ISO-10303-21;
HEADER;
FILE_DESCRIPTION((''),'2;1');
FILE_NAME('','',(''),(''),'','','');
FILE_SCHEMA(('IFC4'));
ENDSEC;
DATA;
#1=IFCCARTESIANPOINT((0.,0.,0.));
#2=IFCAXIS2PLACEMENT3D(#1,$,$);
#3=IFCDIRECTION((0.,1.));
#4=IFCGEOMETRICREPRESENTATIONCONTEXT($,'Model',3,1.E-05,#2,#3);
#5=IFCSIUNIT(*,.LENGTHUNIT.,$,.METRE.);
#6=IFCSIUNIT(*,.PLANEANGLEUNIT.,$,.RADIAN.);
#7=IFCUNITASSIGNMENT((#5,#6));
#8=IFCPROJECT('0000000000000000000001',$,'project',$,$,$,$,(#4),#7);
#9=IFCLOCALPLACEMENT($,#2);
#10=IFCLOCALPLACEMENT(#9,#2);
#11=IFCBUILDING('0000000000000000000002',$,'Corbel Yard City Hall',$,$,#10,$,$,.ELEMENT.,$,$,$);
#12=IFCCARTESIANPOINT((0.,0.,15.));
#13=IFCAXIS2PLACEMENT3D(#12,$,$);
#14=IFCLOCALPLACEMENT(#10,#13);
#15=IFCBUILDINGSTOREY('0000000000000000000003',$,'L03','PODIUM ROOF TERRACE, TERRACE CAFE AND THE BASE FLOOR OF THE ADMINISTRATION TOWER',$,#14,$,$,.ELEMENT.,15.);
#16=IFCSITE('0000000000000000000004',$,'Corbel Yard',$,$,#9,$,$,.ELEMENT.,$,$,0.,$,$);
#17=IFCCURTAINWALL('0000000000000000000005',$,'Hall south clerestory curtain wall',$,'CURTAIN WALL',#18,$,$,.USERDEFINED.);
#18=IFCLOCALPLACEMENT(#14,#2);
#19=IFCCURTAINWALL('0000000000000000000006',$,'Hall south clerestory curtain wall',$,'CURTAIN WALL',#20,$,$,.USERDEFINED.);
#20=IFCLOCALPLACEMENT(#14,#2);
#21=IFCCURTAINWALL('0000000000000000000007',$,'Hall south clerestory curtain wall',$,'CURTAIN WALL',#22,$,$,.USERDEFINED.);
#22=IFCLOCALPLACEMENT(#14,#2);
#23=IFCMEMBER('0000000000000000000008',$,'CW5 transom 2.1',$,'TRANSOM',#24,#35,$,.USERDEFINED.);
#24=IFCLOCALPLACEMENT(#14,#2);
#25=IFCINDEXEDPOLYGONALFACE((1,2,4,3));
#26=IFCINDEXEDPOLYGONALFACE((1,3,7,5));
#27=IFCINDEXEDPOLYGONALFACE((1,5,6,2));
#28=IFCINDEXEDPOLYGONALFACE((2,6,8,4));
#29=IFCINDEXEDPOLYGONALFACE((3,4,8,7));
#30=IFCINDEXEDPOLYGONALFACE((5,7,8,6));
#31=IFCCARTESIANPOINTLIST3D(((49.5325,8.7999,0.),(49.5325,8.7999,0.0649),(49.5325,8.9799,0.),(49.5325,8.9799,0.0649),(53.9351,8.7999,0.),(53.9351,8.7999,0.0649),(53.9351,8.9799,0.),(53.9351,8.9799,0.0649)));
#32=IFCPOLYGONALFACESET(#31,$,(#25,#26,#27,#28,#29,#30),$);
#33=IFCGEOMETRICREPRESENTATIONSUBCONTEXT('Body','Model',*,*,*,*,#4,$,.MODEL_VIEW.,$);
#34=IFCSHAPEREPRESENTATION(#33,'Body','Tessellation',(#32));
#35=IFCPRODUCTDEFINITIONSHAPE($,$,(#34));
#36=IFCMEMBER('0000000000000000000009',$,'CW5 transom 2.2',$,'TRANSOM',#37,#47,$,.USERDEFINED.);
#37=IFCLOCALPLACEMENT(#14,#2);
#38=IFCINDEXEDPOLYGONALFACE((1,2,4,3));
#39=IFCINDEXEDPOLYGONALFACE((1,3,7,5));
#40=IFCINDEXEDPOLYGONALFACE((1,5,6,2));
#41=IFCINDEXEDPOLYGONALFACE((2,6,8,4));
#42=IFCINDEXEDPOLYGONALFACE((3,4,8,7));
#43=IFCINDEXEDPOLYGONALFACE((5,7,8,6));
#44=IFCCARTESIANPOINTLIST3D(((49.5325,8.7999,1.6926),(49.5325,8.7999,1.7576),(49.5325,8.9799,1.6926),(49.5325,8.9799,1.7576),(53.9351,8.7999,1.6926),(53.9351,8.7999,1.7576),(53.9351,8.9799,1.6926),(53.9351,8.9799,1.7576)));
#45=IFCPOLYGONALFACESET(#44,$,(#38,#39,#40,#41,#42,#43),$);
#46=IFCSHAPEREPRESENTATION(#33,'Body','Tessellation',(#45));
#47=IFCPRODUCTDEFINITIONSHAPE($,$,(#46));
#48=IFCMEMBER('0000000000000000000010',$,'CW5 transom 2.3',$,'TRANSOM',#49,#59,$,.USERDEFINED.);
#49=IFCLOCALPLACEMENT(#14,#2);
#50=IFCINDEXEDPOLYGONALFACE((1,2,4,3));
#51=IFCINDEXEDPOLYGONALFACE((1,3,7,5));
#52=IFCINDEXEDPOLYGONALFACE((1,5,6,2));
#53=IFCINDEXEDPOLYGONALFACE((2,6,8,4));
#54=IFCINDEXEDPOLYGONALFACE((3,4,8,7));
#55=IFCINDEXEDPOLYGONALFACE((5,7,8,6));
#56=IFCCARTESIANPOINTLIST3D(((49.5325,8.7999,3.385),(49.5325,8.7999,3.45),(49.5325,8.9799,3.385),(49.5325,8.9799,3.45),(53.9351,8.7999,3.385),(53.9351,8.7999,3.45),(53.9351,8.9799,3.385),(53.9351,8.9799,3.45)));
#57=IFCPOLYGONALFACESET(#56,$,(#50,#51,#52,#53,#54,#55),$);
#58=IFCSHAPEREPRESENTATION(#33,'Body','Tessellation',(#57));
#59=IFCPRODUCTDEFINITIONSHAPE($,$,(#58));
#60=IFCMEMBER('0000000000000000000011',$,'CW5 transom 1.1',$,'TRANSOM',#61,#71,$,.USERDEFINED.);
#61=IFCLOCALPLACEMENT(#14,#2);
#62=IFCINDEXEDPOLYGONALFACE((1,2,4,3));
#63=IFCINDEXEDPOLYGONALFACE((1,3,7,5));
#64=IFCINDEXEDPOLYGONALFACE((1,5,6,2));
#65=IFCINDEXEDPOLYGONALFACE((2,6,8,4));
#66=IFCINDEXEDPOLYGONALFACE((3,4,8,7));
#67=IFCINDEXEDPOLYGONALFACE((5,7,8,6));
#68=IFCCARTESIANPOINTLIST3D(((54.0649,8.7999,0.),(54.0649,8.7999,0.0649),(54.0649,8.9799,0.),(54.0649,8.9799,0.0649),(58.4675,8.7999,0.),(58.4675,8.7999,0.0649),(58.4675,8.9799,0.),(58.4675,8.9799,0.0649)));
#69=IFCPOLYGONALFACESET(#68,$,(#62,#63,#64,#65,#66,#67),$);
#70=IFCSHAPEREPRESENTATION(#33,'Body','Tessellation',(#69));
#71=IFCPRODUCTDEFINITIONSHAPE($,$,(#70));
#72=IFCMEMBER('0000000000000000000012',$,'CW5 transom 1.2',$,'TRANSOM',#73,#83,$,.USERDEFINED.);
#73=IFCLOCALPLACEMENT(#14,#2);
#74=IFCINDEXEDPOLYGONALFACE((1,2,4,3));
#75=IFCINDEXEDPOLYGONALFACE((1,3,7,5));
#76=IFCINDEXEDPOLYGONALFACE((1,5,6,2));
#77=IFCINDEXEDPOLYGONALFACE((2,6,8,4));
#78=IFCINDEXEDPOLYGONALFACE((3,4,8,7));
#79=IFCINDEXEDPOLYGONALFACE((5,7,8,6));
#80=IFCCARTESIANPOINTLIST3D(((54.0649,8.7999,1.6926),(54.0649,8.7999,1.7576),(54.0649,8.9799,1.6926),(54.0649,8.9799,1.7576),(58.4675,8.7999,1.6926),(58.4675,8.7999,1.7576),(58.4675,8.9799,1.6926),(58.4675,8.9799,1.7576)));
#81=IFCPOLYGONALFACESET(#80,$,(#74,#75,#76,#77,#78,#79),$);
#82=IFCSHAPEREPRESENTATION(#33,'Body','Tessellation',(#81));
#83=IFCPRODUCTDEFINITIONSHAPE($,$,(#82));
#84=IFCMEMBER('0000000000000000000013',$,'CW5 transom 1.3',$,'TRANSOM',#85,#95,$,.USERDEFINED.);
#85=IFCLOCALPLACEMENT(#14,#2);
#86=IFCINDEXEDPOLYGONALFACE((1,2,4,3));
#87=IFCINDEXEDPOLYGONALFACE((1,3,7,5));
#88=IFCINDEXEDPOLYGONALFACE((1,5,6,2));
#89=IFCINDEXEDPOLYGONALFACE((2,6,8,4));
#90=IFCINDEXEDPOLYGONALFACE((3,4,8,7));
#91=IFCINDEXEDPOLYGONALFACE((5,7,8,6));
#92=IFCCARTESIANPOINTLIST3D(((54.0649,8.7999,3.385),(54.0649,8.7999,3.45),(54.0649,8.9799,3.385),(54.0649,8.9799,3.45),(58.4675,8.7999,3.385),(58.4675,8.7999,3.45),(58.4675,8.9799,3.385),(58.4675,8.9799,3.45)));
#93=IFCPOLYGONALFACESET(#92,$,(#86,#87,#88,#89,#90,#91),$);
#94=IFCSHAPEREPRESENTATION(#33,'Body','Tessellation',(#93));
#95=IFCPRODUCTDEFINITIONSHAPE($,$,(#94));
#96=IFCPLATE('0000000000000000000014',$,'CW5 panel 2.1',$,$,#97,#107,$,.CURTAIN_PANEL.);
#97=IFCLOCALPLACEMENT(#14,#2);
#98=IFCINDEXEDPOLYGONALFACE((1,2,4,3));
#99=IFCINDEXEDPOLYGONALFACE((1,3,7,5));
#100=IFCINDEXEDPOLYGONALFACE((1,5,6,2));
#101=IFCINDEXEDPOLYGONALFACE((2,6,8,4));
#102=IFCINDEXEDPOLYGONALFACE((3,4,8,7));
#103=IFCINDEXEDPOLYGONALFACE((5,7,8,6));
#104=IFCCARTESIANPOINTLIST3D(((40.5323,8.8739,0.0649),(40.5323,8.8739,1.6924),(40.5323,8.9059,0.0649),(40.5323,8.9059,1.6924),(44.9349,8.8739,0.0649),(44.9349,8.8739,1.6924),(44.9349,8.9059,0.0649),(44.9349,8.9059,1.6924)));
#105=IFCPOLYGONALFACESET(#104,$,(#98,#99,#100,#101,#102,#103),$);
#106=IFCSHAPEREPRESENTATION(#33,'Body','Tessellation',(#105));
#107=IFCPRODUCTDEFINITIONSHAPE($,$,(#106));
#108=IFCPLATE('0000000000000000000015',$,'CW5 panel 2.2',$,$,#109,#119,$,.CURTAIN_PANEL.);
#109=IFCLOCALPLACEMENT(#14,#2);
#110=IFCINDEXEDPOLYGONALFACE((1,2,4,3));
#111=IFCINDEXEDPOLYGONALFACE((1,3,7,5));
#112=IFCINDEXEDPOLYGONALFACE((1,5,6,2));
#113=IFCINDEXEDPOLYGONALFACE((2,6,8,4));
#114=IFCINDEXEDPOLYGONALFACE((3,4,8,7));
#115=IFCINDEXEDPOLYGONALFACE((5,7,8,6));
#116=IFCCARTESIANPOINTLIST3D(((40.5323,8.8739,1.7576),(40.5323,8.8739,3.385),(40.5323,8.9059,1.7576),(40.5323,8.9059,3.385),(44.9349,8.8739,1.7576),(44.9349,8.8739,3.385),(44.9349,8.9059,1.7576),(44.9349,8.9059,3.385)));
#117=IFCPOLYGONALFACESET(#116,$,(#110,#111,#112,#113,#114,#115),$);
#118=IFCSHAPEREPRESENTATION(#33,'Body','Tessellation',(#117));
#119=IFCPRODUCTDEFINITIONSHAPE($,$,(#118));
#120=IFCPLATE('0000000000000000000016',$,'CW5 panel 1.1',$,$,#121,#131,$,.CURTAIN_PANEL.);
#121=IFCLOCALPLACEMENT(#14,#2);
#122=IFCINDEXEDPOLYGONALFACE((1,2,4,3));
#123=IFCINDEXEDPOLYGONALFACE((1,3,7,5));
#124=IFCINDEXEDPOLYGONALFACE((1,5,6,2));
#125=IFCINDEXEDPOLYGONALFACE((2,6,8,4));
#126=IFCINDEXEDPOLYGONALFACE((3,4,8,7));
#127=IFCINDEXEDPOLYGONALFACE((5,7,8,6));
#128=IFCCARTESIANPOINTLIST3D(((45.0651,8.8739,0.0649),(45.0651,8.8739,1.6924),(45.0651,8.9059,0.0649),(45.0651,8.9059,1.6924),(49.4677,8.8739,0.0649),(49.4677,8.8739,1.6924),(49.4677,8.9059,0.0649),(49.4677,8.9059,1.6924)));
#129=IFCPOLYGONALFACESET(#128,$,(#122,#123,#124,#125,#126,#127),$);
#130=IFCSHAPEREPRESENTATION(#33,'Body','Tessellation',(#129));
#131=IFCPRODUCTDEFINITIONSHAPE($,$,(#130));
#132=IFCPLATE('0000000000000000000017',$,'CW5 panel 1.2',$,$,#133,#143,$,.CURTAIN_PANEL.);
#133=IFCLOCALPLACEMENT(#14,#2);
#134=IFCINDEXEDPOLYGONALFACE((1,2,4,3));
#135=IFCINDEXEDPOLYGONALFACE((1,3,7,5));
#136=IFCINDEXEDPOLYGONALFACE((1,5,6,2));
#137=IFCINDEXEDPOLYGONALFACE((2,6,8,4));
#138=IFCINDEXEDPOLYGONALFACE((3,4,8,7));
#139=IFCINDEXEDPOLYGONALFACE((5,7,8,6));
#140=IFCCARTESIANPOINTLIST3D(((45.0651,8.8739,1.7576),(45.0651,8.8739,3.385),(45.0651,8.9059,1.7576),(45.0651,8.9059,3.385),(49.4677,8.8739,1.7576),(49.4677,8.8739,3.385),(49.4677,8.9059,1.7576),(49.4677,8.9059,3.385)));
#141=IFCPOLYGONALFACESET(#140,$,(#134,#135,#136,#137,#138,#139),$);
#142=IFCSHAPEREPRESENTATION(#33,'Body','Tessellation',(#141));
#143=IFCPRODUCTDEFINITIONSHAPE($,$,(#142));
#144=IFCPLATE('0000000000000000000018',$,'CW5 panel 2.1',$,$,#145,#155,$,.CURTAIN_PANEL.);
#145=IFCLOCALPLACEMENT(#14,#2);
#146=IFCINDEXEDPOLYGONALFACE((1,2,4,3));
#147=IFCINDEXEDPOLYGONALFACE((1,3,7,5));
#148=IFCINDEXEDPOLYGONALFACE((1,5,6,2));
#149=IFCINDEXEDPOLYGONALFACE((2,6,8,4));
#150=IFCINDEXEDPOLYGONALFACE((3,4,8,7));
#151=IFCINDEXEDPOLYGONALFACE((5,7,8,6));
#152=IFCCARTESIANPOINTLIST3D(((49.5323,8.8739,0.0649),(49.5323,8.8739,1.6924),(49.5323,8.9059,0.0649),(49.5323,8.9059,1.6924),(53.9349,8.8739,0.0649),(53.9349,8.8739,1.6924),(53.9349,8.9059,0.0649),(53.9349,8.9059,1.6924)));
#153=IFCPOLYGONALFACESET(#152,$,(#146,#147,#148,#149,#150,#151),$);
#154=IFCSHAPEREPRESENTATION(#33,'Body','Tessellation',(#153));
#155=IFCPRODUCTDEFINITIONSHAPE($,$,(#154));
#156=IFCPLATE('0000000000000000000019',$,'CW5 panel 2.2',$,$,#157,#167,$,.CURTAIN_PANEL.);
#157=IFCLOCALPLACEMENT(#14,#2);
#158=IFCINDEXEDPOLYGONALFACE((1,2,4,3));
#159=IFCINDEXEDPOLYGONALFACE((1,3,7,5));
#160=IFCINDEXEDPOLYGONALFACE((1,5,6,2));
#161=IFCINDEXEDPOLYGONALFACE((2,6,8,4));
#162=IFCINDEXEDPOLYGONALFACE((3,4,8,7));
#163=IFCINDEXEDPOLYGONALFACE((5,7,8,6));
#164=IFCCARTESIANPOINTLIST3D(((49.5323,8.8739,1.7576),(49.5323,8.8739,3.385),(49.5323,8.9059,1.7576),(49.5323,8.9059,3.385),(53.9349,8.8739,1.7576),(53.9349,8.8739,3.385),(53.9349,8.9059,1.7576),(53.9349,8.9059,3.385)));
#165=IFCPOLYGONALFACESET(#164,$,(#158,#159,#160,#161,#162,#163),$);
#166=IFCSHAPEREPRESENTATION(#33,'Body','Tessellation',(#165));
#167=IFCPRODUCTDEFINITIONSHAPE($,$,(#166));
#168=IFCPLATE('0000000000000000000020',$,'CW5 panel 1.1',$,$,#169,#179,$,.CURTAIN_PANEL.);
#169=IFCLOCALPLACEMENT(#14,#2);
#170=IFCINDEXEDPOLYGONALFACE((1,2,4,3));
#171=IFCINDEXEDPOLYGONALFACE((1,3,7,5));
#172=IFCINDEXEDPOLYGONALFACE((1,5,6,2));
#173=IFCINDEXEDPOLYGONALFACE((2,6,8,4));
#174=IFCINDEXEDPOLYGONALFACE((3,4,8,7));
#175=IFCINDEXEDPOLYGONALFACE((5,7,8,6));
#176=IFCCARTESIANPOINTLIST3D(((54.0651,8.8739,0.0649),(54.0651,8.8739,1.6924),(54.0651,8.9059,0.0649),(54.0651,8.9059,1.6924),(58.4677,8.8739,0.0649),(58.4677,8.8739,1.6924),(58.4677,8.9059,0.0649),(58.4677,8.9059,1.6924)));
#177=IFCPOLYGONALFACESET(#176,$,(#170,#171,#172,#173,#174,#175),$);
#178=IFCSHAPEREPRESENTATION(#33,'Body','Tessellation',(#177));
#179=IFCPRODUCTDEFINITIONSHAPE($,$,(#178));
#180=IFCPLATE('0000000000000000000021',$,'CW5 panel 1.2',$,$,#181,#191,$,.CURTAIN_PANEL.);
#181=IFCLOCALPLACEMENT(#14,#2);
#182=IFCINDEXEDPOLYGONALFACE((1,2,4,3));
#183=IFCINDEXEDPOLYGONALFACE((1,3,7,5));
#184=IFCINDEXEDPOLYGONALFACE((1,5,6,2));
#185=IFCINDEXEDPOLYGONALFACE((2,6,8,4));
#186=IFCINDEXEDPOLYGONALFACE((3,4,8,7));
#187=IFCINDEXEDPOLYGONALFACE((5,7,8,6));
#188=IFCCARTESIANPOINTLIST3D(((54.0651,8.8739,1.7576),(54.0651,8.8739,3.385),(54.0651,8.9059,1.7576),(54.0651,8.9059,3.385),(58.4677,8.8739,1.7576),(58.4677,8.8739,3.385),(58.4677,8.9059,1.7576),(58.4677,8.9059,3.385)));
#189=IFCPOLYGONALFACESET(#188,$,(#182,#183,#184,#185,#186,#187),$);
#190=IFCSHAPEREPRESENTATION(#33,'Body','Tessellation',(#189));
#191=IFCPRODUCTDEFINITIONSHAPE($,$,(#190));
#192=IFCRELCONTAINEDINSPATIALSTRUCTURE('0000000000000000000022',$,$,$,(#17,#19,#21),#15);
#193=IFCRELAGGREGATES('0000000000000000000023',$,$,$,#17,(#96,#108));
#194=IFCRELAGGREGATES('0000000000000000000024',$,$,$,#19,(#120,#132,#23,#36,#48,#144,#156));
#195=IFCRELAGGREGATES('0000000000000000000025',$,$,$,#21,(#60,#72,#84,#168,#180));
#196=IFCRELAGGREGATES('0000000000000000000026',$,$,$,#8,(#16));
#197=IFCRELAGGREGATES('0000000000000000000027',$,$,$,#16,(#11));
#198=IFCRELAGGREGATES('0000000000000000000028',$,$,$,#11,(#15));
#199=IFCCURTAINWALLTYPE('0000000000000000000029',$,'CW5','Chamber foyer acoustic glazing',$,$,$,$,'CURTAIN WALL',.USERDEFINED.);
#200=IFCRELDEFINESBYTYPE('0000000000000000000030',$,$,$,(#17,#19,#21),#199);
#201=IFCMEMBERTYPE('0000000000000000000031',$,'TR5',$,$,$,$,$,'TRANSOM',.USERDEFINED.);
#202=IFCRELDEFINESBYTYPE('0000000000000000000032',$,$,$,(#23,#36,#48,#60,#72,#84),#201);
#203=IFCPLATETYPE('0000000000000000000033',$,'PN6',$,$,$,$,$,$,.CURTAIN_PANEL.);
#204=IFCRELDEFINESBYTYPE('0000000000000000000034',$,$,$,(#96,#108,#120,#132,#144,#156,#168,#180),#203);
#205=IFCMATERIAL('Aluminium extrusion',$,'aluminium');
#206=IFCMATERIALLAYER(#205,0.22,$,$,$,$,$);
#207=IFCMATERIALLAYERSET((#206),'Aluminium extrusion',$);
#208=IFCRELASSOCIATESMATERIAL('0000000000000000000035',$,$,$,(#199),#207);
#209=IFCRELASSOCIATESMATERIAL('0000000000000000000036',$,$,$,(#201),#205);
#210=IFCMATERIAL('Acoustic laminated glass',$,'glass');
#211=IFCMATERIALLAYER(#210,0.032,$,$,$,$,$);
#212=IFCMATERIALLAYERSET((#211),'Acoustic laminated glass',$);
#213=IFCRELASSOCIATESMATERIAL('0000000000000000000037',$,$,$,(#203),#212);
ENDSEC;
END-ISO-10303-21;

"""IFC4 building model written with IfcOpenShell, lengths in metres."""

from ifc_helpers import new_model, si_unit, direction, frame, origin, origin_2d, place, context, subcontext, project, spatial, rectangle, extrude, material, layer, layer_set, material_profile, profile_set, type_object, element, aggregate, save


model = new_model("IFC4")

# Units and contexts
model_context = context("Model", 3, precision=1e-05, world=origin(), true_north=direction((0.0, 1.0)))
body_context = subcontext(model_context, "Body", "Model", "MODEL_VIEW")
ifc_project = project(units=[si_unit("LENGTHUNIT", "METRE"), si_unit("PLANEANGLEUNIT", "RADIAN")], contexts=[model_context])

# Site, building, storey
site_placement = place(None, origin())
site = spatial("IfcSite", under=ifc_project, at=site_placement, Name="Corbel Yard", CompositionType="ELEMENT", RefElevation=0.0)
building_placement = place(site_placement, origin())
building = spatial("IfcBuilding", under=site, at=building_placement, Name="Corbel Yard City Hall", CompositionType="ELEMENT")
storey_placement = place(building_placement, frame((0.0, 0.0, 15.0)))
storey = spatial("IfcBuildingStorey", under=building, at=storey_placement, Name="L03", Description="PODIUM ROOF TERRACE, TERRACE CAFE AND THE BASE FLOOR OF THE ADMINISTRATION TOWER", CompositionType="ELEMENT", Elevation=15.0)

# Curtain wall
ifc_material_1 = material(Name="Aluminium extrusion", Category="aluminium")
ifc_layer_1 = layer(ifc_material_1, 0.22)
ifc_layer_set_1 = layer_set([ifc_layer_1], Name="Aluminium extrusion")
curtain_wall_type = type_object("IfcCurtainWallType", Name="CW5", Description="Chamber foyer acoustic glazing", ElementType="CURTAIN WALL", PredefinedType="USERDEFINED", material=ifc_layer_set_1)
curtain_wall_1_placement = place(storey_placement, origin())
curtain_wall_1 = element("IfcCurtainWall", 1, at=curtain_wall_1_placement, inside=storey, type_object=curtain_wall_type, Name="Hall south clerestory curtain wall", ObjectType="CURTAIN WALL", PredefinedType="USERDEFINED")

# Curtain walls
curtain_wall_2_placement = place(storey_placement, origin())
curtain_wall_2 = element("IfcCurtainWall", 2, at=curtain_wall_2_placement, inside=storey, type_object=curtain_wall_type, Name="Hall south clerestory curtain wall", ObjectType="CURTAIN WALL", PredefinedType="USERDEFINED")
curtain_wall_3_placement = place(storey_placement, origin())
curtain_wall_3 = element("IfcCurtainWall", 3, at=curtain_wall_3_placement, inside=storey, type_object=curtain_wall_type, Name="Hall south clerestory curtain wall", ObjectType="CURTAIN WALL", PredefinedType="USERDEFINED")

# Members
ifc_material_profile_1 = material_profile(ifc_material_1, rectangle(XDim=0.1799, YDim=0.0649, at=origin_2d()), Name="180x65")
ifc_profile_set_1 = profile_set([ifc_material_profile_1], Name="Aluminium extrusion")
member_type_1 = type_object("IfcMemberType", Name="TR5", ElementType="TRANSOM", PredefinedType="USERDEFINED", material=ifc_profile_set_1)
member_1_placement = place(storey_placement, frame((49.5325, 8.8899, 0.0325), z_axis=(1.0, 0.0, 0.0), x_axis=(0.0, 1.0, 0.0)))
member_1 = element("IfcMember", 4, at=member_1_placement, type_object=member_type_1, Name="CW5 transom 2.1", ObjectType="TRANSOM", PredefinedType="USERDEFINED", context=body_context, shape_type="SweptSolid", body=[
    extrude(rectangle(XDim=0.1799, YDim=0.0649, at=origin_2d()), origin(), (0.0, 0.0, 1.0), 4.4026),
])
member_2_placement = place(storey_placement, frame((49.5325, 8.8899, 1.7251), z_axis=(1.0, 0.0, 0.0), x_axis=(0.0, 1.0, 0.0)))
member_2 = element("IfcMember", 5, at=member_2_placement, type_object=member_type_1, Name="CW5 transom 2.2", ObjectType="TRANSOM", PredefinedType="USERDEFINED", context=body_context, shape_type="SweptSolid", body=[
    extrude(rectangle(XDim=0.1799, YDim=0.0649, at=origin_2d()), origin(), (0.0, 0.0, 1.0), 4.4026),
])
member_3_placement = place(storey_placement, frame((49.5325, 8.8899, 3.4175), z_axis=(1.0, 0.0, 0.0), x_axis=(0.0, 1.0, 0.0)))
member_3 = element("IfcMember", 6, at=member_3_placement, type_object=member_type_1, Name="CW5 transom 2.3", ObjectType="TRANSOM", PredefinedType="USERDEFINED", context=body_context, shape_type="SweptSolid", body=[
    extrude(rectangle(XDim=0.1799, YDim=0.0649, at=origin_2d()), origin(), (0.0, 0.0, 1.0), 4.4026),
])
member_4_placement = place(storey_placement, frame((54.0649, 8.8899, 0.0325), z_axis=(1.0, 0.0, 0.0), x_axis=(0.0, 1.0, 0.0)))
member_4 = element("IfcMember", 7, at=member_4_placement, type_object=member_type_1, Name="CW5 transom 1.1", ObjectType="TRANSOM", PredefinedType="USERDEFINED", context=body_context, shape_type="SweptSolid", body=[
    extrude(rectangle(XDim=0.1799, YDim=0.0649, at=origin_2d()), origin(), (0.0, 0.0, 1.0), 4.4026),
])
member_5_placement = place(storey_placement, frame((54.0649, 8.8899, 1.7251), z_axis=(1.0, 0.0, 0.0), x_axis=(0.0, 1.0, 0.0)))
member_5 = element("IfcMember", 8, at=member_5_placement, type_object=member_type_1, Name="CW5 transom 1.2", ObjectType="TRANSOM", PredefinedType="USERDEFINED", context=body_context, shape_type="SweptSolid", body=[
    extrude(rectangle(XDim=0.1799, YDim=0.0649, at=origin_2d()), origin(), (0.0, 0.0, 1.0), 4.4026),
])
member_6_placement = place(storey_placement, frame((54.0649, 8.8899, 3.4175), z_axis=(1.0, 0.0, 0.0), x_axis=(0.0, 1.0, 0.0)))
member_6 = element("IfcMember", 9, at=member_6_placement, type_object=member_type_1, Name="CW5 transom 1.3", ObjectType="TRANSOM", PredefinedType="USERDEFINED", context=body_context, shape_type="SweptSolid", body=[
    extrude(rectangle(XDim=0.1799, YDim=0.0649, at=origin_2d()), origin(), (0.0, 0.0, 1.0), 4.4026),
])

# Plates
ifc_material_2 = material(Name="Acoustic laminated glass", Category="glass")
ifc_layer_2 = layer(ifc_material_2, 0.032)
ifc_layer_set_2 = layer_set([ifc_layer_2], Name="Acoustic laminated glass")
plate_type = type_object("IfcPlateType", Name="PN6", PredefinedType="CURTAIN_PANEL", material=ifc_layer_set_2)
plate_1_placement = place(storey_placement, frame((42.7336, 8.8899, 0.0649), z_axis=(0.0, 0.0, 1.0), x_axis=(1.0, 0.0, 0.0)))
plate_1 = element("IfcPlate", 10, at=plate_1_placement, type_object=plate_type, Name="CW5 panel 2.1", PredefinedType="CURTAIN_PANEL", context=body_context, shape_type="SweptSolid", body=[
    extrude(rectangle(XDim=4.4026, YDim=0.032, at=origin_2d()), origin(), (0.0, 0.0, 1.0), 1.6274),
])
plate_2_placement = place(storey_placement, frame((42.7336, 8.8899, 1.7576), z_axis=(0.0, 0.0, 1.0), x_axis=(1.0, 0.0, 0.0)))
plate_2 = element("IfcPlate", 11, at=plate_2_placement, type_object=plate_type, Name="CW5 panel 2.2", PredefinedType="CURTAIN_PANEL", context=body_context, shape_type="SweptSolid", body=[
    extrude(rectangle(XDim=4.4026, YDim=0.032, at=origin_2d()), origin(), (0.0, 0.0, 1.0), 1.6274),
])
aggregate(curtain_wall_1, [plate_1, plate_2])
plate_3_placement = place(storey_placement, frame((47.2664, 8.8899, 0.0649), z_axis=(0.0, 0.0, 1.0), x_axis=(1.0, 0.0, 0.0)))
plate_3 = element("IfcPlate", 12, at=plate_3_placement, type_object=plate_type, Name="CW5 panel 1.1", PredefinedType="CURTAIN_PANEL", context=body_context, shape_type="SweptSolid", body=[
    extrude(rectangle(XDim=4.4026, YDim=0.032, at=origin_2d()), origin(), (0.0, 0.0, 1.0), 1.6274),
])
plate_4_placement = place(storey_placement, frame((47.2664, 8.8899, 1.7576), z_axis=(0.0, 0.0, 1.0), x_axis=(1.0, 0.0, 0.0)))
plate_4 = element("IfcPlate", 13, at=plate_4_placement, type_object=plate_type, Name="CW5 panel 1.2", PredefinedType="CURTAIN_PANEL", context=body_context, shape_type="SweptSolid", body=[
    extrude(rectangle(XDim=4.4026, YDim=0.032, at=origin_2d()), origin(), (0.0, 0.0, 1.0), 1.6274),
])
plate_5_placement = place(storey_placement, frame((51.7336, 8.8899, 0.0649), z_axis=(0.0, 0.0, 1.0), x_axis=(1.0, 0.0, 0.0)))
plate_5 = element("IfcPlate", 14, at=plate_5_placement, type_object=plate_type, Name="CW5 panel 2.1", PredefinedType="CURTAIN_PANEL", context=body_context, shape_type="SweptSolid", body=[
    extrude(rectangle(XDim=4.4026, YDim=0.032, at=origin_2d()), origin(), (0.0, 0.0, 1.0), 1.6274),
])
plate_6_placement = place(storey_placement, frame((51.7336, 8.8899, 1.7576), z_axis=(0.0, 0.0, 1.0), x_axis=(1.0, 0.0, 0.0)))
plate_6 = element("IfcPlate", 15, at=plate_6_placement, type_object=plate_type, Name="CW5 panel 2.2", PredefinedType="CURTAIN_PANEL", context=body_context, shape_type="SweptSolid", body=[
    extrude(rectangle(XDim=4.4026, YDim=0.032, at=origin_2d()), origin(), (0.0, 0.0, 1.0), 1.6274),
])
aggregate(curtain_wall_2, [plate_3, plate_4, member_1, member_2, member_3, plate_5, plate_6])
plate_7_placement = place(storey_placement, frame((56.2664, 8.8899, 0.0649), z_axis=(0.0, 0.0, 1.0), x_axis=(1.0, 0.0, 0.0)))
plate_7 = element("IfcPlate", 16, at=plate_7_placement, type_object=plate_type, Name="CW5 panel 1.1", PredefinedType="CURTAIN_PANEL", context=body_context, shape_type="SweptSolid", body=[
    extrude(rectangle(XDim=4.4026, YDim=0.032, at=origin_2d()), origin(), (0.0, 0.0, 1.0), 1.6274),
])
plate_8_placement = place(storey_placement, frame((56.2664, 8.8899, 1.7576), z_axis=(0.0, 0.0, 1.0), x_axis=(1.0, 0.0, 0.0)))
plate_8 = element("IfcPlate", 17, at=plate_8_placement, type_object=plate_type, Name="CW5 panel 1.2", PredefinedType="CURTAIN_PANEL", context=body_context, shape_type="SweptSolid", body=[
    extrude(rectangle(XDim=4.4026, YDim=0.032, at=origin_2d()), origin(), (0.0, 0.0, 1.0), 1.6274),
])
aggregate(curtain_wall_3, [member_4, member_5, member_6, plate_7, plate_8])

save(model, "model.ifc")
